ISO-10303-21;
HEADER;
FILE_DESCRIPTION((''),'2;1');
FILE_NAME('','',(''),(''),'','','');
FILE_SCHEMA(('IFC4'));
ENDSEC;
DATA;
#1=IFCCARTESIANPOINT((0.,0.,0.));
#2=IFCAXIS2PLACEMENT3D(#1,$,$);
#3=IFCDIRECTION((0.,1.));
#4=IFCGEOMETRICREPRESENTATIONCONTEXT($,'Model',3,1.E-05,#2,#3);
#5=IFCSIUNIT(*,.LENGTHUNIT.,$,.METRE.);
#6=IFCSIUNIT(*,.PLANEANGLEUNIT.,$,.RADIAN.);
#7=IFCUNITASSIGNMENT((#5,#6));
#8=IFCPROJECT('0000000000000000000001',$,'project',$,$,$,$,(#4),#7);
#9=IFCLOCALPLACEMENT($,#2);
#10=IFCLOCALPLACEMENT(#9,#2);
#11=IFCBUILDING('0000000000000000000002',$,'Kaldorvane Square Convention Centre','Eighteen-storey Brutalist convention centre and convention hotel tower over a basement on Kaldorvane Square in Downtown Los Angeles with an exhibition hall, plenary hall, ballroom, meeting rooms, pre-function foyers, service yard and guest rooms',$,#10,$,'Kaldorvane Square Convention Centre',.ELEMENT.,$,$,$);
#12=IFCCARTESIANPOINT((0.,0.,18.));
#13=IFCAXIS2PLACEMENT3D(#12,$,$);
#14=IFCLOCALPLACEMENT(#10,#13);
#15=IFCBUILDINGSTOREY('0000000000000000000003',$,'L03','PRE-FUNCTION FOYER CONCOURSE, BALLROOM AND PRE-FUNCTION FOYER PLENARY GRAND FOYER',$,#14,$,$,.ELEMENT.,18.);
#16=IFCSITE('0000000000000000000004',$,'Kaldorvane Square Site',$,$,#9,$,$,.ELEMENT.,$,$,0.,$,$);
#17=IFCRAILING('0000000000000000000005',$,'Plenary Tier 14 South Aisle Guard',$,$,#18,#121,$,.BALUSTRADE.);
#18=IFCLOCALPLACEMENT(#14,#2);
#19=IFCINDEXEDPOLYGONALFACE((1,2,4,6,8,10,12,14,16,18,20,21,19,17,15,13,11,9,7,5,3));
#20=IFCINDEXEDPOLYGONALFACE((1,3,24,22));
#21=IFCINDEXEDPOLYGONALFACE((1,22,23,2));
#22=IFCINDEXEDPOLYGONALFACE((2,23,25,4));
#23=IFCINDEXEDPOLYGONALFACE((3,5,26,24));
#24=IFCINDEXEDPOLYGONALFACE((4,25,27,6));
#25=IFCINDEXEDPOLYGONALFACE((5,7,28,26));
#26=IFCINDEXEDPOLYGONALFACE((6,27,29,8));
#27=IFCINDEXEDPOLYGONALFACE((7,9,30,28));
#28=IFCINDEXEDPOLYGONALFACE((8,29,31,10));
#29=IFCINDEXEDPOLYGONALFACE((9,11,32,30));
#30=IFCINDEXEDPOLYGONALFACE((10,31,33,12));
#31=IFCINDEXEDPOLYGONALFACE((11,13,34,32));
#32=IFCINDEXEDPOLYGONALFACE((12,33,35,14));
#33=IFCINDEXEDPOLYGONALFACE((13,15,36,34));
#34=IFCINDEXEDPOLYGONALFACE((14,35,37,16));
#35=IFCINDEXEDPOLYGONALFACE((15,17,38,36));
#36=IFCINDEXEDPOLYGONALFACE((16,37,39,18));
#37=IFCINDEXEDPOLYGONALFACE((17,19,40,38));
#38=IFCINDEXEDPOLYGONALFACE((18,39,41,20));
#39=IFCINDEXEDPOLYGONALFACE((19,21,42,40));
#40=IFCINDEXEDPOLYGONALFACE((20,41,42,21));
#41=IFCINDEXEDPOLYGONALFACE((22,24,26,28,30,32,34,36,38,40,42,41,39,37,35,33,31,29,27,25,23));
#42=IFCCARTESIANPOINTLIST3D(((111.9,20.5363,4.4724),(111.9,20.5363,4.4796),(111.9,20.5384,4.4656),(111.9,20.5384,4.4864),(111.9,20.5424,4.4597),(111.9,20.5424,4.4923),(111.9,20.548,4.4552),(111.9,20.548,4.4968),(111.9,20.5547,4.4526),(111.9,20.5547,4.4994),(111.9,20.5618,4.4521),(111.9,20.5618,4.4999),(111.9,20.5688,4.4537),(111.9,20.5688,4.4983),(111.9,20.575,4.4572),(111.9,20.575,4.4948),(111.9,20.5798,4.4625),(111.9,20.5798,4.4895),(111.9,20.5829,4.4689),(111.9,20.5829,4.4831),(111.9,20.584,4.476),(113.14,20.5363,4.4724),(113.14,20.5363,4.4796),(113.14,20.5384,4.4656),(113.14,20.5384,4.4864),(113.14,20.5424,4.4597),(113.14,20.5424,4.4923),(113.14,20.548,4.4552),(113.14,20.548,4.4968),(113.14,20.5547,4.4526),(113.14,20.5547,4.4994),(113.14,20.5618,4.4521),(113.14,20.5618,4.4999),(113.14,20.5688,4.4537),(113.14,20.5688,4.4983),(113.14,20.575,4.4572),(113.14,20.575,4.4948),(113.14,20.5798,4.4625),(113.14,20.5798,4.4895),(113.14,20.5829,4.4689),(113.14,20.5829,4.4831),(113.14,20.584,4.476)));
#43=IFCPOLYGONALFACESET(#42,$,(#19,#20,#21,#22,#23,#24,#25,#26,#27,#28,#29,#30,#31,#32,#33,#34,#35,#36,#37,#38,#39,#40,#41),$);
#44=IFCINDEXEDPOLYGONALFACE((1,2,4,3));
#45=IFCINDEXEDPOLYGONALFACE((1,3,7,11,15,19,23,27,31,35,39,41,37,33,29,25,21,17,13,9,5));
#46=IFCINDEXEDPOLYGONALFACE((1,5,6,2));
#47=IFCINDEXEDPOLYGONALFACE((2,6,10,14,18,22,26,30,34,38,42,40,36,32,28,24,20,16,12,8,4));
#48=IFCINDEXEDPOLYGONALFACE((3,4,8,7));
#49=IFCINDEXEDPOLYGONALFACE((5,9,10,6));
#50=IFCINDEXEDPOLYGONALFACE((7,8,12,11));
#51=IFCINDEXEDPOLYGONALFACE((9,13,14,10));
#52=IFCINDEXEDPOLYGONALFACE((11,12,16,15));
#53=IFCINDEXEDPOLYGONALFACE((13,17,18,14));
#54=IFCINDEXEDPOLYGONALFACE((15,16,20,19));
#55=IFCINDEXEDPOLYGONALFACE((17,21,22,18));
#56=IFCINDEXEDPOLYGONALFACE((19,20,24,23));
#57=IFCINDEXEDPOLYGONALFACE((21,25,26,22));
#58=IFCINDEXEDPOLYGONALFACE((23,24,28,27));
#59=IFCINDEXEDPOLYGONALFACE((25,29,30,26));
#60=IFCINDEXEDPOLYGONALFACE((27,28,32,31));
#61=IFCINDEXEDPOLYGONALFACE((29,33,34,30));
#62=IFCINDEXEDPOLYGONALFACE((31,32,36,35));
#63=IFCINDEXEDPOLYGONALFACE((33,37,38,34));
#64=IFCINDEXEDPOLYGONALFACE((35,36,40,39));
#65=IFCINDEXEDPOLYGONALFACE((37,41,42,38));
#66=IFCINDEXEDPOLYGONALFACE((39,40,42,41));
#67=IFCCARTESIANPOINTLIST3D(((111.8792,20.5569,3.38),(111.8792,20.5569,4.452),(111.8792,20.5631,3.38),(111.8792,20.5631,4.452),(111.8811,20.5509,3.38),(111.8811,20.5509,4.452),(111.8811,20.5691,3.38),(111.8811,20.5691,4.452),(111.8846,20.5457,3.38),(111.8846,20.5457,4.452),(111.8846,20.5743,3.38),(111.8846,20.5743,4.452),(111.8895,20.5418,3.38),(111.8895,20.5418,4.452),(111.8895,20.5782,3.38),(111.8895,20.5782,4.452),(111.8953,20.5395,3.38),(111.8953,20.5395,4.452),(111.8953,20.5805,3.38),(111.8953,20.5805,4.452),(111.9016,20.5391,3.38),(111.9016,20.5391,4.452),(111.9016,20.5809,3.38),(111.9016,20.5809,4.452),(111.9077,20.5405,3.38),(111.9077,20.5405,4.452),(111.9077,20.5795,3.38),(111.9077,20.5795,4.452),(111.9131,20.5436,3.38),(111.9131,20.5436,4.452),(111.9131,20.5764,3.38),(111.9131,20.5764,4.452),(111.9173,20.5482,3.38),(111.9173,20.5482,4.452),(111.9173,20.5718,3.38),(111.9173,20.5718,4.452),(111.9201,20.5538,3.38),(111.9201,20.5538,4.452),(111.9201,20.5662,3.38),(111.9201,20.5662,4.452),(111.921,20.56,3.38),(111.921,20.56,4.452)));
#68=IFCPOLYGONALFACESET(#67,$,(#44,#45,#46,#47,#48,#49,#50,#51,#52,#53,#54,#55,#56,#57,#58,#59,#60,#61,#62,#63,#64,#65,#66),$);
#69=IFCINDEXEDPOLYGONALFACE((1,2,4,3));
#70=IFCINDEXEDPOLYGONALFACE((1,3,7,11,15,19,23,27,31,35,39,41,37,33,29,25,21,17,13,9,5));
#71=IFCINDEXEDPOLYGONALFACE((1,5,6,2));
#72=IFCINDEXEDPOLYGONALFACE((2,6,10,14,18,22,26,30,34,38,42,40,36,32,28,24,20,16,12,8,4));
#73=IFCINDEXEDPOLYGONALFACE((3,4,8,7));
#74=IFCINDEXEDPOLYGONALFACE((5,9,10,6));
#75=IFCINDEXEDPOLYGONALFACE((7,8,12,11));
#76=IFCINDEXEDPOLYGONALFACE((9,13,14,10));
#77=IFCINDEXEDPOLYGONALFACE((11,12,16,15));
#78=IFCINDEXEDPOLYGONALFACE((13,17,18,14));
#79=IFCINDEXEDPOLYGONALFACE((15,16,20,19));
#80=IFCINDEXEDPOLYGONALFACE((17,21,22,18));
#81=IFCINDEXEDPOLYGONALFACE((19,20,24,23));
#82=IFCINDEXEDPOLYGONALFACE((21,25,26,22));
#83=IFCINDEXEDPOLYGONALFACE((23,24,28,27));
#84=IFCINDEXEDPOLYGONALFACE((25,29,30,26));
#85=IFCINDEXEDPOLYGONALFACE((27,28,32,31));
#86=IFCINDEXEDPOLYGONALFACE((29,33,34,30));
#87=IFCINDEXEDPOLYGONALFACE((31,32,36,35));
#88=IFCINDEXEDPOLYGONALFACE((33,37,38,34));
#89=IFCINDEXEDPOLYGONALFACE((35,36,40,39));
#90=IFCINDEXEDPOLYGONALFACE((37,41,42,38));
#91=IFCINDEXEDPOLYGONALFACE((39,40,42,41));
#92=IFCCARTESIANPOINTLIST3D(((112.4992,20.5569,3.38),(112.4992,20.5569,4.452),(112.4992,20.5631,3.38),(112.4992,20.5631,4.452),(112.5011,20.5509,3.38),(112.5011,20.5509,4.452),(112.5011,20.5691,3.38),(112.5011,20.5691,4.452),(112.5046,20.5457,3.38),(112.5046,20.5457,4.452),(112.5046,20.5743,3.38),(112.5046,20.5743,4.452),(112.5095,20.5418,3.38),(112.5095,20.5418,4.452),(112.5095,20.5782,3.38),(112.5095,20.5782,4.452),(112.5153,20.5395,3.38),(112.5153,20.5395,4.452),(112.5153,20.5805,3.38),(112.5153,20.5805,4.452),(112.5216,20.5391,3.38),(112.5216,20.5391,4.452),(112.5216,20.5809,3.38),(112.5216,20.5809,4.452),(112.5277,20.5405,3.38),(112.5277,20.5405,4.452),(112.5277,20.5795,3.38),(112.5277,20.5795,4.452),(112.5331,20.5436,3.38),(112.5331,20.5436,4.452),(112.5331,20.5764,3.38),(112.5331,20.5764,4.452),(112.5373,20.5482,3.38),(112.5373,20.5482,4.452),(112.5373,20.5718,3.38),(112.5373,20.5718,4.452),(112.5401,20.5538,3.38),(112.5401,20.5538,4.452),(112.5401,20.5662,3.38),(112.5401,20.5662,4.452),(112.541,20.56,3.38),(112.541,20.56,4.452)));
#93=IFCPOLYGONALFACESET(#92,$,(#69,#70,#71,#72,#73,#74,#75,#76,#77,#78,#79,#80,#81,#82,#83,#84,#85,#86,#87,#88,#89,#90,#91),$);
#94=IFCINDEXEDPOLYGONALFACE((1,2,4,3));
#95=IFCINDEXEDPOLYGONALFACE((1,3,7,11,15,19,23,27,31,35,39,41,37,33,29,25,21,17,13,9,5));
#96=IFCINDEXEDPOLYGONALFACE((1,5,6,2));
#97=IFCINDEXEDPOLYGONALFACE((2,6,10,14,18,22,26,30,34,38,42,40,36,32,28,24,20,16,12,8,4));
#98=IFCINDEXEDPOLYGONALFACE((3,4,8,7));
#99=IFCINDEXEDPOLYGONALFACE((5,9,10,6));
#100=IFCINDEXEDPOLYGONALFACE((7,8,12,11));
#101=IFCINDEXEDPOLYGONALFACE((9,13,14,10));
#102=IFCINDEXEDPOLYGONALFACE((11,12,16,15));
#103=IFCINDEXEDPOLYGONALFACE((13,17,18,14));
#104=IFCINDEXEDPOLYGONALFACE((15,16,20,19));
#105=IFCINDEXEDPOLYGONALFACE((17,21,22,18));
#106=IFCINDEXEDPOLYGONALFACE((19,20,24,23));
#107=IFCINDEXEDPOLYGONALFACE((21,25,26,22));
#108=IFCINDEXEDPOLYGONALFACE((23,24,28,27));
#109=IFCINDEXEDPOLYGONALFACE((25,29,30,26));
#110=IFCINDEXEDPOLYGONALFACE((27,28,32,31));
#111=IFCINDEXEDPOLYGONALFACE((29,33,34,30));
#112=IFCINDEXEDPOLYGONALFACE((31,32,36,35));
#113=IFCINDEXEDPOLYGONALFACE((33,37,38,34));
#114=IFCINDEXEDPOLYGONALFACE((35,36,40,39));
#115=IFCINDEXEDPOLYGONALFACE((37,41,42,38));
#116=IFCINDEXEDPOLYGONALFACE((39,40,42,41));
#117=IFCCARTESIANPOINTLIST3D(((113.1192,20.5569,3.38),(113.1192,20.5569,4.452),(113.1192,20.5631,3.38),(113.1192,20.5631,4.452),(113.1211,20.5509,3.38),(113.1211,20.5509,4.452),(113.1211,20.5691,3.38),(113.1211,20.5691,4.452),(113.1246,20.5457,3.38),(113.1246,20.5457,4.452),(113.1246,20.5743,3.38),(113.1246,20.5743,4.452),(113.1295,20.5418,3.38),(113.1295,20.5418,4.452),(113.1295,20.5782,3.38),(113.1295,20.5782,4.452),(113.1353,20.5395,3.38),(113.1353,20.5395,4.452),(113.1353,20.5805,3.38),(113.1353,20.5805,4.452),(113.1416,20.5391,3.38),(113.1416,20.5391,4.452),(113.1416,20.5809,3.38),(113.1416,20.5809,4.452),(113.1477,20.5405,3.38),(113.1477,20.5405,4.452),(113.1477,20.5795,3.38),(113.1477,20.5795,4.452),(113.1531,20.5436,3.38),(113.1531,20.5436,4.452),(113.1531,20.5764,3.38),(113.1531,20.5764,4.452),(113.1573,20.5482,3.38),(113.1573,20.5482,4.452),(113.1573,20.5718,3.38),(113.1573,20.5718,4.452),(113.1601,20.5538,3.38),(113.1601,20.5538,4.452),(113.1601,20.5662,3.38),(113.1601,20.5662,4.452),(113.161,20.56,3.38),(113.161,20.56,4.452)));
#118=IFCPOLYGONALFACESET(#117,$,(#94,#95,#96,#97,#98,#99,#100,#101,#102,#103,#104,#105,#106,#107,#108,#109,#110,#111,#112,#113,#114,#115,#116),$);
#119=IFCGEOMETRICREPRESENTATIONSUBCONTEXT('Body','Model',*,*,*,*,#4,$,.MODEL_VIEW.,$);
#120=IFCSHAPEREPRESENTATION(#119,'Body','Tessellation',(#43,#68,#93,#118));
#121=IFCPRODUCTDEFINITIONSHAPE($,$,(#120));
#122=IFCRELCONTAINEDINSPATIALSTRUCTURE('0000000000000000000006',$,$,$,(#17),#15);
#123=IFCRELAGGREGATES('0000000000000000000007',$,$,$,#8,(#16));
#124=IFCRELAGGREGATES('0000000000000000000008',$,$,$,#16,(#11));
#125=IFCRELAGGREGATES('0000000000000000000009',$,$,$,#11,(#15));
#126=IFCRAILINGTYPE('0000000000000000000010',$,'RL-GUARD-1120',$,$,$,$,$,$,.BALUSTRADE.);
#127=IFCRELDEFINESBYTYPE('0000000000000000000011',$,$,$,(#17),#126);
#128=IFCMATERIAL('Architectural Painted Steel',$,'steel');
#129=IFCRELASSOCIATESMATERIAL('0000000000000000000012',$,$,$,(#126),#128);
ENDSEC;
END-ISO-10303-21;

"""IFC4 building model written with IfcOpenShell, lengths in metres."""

from ifc_helpers import new_model, si_unit, direction, frame, origin, origin_2d, place, context, subcontext, project, spatial, circle, extrude, material, type_object, element, save


model = new_model("IFC4")

# Units and contexts
model_context = context("Model", 3, precision=1e-05, world=origin(), true_north=direction((0.0, 1.0)))
body_context = subcontext(model_context, "Body", "Model", "MODEL_VIEW")
ifc_project = project(units=[si_unit("LENGTHUNIT", "METRE"), si_unit("PLANEANGLEUNIT", "RADIAN")], contexts=[model_context])

# Site, building, storey
site_placement = place(None, origin())
site = spatial("IfcSite", under=ifc_project, at=site_placement, Name="Kaldorvane Square Site", CompositionType="ELEMENT", RefElevation=0.0)
building_placement = place(site_placement, origin())
building = spatial("IfcBuilding", under=site, at=building_placement, Name="Kaldorvane Square Convention Centre", Description="Eighteen-storey Brutalist convention centre and convention hotel tower over a basement on Kaldorvane Square in Downtown Los Angeles with an exhibition hall, plenary hall, ballroom, meeting rooms, pre-function foyers, service yard and guest rooms", LongName="Kaldorvane Square Convention Centre", CompositionType="ELEMENT")
storey_placement = place(building_placement, frame((0.0, 0.0, 18.0)))
storey = spatial("IfcBuildingStorey", under=building, at=storey_placement, Name="L03", Description="PRE-FUNCTION FOYER CONCOURSE, BALLROOM AND PRE-FUNCTION FOYER PLENARY GRAND FOYER", CompositionType="ELEMENT", Elevation=18.0)

# Railing
ifc_material_1 = material(Name="Architectural Painted Steel", Category="steel")
railing_type = type_object("IfcRailingType", Name="RL-GUARD-1120", PredefinedType="BALUSTRADE", material=ifc_material_1)
railing_1_placement = place(storey_placement, frame((111.9, 20.56, 3.38)))
element("IfcRailing", 1, at=railing_1_placement, inside=storey, type_object=railing_type, Name="Plenary Tier 14 South Aisle Guard", PredefinedType="BALUSTRADE", context=body_context, shape_type="SweptSolid", body=[
    extrude(circle(Radius=0.024, at=origin_2d()), frame((0.0, 0.0, 1.096), z_axis=(1.0, 0.0, 0.0), x_axis=(0.0, 1.0, 0.0)), (0.0, 0.0, 1.0), 1.24),
    extrude(circle(Radius=0.021, at=origin_2d()), origin(), (0.0, 0.0, 1.0), 1.072),
    extrude(circle(Radius=0.021, at=origin_2d()), frame((0.62, 0.0, 0.0)), (0.0, 0.0, 1.0), 1.072),
    extrude(circle(Radius=0.021, at=origin_2d()), frame((1.24, 0.0, 0.0)), (0.0, 0.0, 1.0), 1.072),
])

save(model, "model.ifc")
